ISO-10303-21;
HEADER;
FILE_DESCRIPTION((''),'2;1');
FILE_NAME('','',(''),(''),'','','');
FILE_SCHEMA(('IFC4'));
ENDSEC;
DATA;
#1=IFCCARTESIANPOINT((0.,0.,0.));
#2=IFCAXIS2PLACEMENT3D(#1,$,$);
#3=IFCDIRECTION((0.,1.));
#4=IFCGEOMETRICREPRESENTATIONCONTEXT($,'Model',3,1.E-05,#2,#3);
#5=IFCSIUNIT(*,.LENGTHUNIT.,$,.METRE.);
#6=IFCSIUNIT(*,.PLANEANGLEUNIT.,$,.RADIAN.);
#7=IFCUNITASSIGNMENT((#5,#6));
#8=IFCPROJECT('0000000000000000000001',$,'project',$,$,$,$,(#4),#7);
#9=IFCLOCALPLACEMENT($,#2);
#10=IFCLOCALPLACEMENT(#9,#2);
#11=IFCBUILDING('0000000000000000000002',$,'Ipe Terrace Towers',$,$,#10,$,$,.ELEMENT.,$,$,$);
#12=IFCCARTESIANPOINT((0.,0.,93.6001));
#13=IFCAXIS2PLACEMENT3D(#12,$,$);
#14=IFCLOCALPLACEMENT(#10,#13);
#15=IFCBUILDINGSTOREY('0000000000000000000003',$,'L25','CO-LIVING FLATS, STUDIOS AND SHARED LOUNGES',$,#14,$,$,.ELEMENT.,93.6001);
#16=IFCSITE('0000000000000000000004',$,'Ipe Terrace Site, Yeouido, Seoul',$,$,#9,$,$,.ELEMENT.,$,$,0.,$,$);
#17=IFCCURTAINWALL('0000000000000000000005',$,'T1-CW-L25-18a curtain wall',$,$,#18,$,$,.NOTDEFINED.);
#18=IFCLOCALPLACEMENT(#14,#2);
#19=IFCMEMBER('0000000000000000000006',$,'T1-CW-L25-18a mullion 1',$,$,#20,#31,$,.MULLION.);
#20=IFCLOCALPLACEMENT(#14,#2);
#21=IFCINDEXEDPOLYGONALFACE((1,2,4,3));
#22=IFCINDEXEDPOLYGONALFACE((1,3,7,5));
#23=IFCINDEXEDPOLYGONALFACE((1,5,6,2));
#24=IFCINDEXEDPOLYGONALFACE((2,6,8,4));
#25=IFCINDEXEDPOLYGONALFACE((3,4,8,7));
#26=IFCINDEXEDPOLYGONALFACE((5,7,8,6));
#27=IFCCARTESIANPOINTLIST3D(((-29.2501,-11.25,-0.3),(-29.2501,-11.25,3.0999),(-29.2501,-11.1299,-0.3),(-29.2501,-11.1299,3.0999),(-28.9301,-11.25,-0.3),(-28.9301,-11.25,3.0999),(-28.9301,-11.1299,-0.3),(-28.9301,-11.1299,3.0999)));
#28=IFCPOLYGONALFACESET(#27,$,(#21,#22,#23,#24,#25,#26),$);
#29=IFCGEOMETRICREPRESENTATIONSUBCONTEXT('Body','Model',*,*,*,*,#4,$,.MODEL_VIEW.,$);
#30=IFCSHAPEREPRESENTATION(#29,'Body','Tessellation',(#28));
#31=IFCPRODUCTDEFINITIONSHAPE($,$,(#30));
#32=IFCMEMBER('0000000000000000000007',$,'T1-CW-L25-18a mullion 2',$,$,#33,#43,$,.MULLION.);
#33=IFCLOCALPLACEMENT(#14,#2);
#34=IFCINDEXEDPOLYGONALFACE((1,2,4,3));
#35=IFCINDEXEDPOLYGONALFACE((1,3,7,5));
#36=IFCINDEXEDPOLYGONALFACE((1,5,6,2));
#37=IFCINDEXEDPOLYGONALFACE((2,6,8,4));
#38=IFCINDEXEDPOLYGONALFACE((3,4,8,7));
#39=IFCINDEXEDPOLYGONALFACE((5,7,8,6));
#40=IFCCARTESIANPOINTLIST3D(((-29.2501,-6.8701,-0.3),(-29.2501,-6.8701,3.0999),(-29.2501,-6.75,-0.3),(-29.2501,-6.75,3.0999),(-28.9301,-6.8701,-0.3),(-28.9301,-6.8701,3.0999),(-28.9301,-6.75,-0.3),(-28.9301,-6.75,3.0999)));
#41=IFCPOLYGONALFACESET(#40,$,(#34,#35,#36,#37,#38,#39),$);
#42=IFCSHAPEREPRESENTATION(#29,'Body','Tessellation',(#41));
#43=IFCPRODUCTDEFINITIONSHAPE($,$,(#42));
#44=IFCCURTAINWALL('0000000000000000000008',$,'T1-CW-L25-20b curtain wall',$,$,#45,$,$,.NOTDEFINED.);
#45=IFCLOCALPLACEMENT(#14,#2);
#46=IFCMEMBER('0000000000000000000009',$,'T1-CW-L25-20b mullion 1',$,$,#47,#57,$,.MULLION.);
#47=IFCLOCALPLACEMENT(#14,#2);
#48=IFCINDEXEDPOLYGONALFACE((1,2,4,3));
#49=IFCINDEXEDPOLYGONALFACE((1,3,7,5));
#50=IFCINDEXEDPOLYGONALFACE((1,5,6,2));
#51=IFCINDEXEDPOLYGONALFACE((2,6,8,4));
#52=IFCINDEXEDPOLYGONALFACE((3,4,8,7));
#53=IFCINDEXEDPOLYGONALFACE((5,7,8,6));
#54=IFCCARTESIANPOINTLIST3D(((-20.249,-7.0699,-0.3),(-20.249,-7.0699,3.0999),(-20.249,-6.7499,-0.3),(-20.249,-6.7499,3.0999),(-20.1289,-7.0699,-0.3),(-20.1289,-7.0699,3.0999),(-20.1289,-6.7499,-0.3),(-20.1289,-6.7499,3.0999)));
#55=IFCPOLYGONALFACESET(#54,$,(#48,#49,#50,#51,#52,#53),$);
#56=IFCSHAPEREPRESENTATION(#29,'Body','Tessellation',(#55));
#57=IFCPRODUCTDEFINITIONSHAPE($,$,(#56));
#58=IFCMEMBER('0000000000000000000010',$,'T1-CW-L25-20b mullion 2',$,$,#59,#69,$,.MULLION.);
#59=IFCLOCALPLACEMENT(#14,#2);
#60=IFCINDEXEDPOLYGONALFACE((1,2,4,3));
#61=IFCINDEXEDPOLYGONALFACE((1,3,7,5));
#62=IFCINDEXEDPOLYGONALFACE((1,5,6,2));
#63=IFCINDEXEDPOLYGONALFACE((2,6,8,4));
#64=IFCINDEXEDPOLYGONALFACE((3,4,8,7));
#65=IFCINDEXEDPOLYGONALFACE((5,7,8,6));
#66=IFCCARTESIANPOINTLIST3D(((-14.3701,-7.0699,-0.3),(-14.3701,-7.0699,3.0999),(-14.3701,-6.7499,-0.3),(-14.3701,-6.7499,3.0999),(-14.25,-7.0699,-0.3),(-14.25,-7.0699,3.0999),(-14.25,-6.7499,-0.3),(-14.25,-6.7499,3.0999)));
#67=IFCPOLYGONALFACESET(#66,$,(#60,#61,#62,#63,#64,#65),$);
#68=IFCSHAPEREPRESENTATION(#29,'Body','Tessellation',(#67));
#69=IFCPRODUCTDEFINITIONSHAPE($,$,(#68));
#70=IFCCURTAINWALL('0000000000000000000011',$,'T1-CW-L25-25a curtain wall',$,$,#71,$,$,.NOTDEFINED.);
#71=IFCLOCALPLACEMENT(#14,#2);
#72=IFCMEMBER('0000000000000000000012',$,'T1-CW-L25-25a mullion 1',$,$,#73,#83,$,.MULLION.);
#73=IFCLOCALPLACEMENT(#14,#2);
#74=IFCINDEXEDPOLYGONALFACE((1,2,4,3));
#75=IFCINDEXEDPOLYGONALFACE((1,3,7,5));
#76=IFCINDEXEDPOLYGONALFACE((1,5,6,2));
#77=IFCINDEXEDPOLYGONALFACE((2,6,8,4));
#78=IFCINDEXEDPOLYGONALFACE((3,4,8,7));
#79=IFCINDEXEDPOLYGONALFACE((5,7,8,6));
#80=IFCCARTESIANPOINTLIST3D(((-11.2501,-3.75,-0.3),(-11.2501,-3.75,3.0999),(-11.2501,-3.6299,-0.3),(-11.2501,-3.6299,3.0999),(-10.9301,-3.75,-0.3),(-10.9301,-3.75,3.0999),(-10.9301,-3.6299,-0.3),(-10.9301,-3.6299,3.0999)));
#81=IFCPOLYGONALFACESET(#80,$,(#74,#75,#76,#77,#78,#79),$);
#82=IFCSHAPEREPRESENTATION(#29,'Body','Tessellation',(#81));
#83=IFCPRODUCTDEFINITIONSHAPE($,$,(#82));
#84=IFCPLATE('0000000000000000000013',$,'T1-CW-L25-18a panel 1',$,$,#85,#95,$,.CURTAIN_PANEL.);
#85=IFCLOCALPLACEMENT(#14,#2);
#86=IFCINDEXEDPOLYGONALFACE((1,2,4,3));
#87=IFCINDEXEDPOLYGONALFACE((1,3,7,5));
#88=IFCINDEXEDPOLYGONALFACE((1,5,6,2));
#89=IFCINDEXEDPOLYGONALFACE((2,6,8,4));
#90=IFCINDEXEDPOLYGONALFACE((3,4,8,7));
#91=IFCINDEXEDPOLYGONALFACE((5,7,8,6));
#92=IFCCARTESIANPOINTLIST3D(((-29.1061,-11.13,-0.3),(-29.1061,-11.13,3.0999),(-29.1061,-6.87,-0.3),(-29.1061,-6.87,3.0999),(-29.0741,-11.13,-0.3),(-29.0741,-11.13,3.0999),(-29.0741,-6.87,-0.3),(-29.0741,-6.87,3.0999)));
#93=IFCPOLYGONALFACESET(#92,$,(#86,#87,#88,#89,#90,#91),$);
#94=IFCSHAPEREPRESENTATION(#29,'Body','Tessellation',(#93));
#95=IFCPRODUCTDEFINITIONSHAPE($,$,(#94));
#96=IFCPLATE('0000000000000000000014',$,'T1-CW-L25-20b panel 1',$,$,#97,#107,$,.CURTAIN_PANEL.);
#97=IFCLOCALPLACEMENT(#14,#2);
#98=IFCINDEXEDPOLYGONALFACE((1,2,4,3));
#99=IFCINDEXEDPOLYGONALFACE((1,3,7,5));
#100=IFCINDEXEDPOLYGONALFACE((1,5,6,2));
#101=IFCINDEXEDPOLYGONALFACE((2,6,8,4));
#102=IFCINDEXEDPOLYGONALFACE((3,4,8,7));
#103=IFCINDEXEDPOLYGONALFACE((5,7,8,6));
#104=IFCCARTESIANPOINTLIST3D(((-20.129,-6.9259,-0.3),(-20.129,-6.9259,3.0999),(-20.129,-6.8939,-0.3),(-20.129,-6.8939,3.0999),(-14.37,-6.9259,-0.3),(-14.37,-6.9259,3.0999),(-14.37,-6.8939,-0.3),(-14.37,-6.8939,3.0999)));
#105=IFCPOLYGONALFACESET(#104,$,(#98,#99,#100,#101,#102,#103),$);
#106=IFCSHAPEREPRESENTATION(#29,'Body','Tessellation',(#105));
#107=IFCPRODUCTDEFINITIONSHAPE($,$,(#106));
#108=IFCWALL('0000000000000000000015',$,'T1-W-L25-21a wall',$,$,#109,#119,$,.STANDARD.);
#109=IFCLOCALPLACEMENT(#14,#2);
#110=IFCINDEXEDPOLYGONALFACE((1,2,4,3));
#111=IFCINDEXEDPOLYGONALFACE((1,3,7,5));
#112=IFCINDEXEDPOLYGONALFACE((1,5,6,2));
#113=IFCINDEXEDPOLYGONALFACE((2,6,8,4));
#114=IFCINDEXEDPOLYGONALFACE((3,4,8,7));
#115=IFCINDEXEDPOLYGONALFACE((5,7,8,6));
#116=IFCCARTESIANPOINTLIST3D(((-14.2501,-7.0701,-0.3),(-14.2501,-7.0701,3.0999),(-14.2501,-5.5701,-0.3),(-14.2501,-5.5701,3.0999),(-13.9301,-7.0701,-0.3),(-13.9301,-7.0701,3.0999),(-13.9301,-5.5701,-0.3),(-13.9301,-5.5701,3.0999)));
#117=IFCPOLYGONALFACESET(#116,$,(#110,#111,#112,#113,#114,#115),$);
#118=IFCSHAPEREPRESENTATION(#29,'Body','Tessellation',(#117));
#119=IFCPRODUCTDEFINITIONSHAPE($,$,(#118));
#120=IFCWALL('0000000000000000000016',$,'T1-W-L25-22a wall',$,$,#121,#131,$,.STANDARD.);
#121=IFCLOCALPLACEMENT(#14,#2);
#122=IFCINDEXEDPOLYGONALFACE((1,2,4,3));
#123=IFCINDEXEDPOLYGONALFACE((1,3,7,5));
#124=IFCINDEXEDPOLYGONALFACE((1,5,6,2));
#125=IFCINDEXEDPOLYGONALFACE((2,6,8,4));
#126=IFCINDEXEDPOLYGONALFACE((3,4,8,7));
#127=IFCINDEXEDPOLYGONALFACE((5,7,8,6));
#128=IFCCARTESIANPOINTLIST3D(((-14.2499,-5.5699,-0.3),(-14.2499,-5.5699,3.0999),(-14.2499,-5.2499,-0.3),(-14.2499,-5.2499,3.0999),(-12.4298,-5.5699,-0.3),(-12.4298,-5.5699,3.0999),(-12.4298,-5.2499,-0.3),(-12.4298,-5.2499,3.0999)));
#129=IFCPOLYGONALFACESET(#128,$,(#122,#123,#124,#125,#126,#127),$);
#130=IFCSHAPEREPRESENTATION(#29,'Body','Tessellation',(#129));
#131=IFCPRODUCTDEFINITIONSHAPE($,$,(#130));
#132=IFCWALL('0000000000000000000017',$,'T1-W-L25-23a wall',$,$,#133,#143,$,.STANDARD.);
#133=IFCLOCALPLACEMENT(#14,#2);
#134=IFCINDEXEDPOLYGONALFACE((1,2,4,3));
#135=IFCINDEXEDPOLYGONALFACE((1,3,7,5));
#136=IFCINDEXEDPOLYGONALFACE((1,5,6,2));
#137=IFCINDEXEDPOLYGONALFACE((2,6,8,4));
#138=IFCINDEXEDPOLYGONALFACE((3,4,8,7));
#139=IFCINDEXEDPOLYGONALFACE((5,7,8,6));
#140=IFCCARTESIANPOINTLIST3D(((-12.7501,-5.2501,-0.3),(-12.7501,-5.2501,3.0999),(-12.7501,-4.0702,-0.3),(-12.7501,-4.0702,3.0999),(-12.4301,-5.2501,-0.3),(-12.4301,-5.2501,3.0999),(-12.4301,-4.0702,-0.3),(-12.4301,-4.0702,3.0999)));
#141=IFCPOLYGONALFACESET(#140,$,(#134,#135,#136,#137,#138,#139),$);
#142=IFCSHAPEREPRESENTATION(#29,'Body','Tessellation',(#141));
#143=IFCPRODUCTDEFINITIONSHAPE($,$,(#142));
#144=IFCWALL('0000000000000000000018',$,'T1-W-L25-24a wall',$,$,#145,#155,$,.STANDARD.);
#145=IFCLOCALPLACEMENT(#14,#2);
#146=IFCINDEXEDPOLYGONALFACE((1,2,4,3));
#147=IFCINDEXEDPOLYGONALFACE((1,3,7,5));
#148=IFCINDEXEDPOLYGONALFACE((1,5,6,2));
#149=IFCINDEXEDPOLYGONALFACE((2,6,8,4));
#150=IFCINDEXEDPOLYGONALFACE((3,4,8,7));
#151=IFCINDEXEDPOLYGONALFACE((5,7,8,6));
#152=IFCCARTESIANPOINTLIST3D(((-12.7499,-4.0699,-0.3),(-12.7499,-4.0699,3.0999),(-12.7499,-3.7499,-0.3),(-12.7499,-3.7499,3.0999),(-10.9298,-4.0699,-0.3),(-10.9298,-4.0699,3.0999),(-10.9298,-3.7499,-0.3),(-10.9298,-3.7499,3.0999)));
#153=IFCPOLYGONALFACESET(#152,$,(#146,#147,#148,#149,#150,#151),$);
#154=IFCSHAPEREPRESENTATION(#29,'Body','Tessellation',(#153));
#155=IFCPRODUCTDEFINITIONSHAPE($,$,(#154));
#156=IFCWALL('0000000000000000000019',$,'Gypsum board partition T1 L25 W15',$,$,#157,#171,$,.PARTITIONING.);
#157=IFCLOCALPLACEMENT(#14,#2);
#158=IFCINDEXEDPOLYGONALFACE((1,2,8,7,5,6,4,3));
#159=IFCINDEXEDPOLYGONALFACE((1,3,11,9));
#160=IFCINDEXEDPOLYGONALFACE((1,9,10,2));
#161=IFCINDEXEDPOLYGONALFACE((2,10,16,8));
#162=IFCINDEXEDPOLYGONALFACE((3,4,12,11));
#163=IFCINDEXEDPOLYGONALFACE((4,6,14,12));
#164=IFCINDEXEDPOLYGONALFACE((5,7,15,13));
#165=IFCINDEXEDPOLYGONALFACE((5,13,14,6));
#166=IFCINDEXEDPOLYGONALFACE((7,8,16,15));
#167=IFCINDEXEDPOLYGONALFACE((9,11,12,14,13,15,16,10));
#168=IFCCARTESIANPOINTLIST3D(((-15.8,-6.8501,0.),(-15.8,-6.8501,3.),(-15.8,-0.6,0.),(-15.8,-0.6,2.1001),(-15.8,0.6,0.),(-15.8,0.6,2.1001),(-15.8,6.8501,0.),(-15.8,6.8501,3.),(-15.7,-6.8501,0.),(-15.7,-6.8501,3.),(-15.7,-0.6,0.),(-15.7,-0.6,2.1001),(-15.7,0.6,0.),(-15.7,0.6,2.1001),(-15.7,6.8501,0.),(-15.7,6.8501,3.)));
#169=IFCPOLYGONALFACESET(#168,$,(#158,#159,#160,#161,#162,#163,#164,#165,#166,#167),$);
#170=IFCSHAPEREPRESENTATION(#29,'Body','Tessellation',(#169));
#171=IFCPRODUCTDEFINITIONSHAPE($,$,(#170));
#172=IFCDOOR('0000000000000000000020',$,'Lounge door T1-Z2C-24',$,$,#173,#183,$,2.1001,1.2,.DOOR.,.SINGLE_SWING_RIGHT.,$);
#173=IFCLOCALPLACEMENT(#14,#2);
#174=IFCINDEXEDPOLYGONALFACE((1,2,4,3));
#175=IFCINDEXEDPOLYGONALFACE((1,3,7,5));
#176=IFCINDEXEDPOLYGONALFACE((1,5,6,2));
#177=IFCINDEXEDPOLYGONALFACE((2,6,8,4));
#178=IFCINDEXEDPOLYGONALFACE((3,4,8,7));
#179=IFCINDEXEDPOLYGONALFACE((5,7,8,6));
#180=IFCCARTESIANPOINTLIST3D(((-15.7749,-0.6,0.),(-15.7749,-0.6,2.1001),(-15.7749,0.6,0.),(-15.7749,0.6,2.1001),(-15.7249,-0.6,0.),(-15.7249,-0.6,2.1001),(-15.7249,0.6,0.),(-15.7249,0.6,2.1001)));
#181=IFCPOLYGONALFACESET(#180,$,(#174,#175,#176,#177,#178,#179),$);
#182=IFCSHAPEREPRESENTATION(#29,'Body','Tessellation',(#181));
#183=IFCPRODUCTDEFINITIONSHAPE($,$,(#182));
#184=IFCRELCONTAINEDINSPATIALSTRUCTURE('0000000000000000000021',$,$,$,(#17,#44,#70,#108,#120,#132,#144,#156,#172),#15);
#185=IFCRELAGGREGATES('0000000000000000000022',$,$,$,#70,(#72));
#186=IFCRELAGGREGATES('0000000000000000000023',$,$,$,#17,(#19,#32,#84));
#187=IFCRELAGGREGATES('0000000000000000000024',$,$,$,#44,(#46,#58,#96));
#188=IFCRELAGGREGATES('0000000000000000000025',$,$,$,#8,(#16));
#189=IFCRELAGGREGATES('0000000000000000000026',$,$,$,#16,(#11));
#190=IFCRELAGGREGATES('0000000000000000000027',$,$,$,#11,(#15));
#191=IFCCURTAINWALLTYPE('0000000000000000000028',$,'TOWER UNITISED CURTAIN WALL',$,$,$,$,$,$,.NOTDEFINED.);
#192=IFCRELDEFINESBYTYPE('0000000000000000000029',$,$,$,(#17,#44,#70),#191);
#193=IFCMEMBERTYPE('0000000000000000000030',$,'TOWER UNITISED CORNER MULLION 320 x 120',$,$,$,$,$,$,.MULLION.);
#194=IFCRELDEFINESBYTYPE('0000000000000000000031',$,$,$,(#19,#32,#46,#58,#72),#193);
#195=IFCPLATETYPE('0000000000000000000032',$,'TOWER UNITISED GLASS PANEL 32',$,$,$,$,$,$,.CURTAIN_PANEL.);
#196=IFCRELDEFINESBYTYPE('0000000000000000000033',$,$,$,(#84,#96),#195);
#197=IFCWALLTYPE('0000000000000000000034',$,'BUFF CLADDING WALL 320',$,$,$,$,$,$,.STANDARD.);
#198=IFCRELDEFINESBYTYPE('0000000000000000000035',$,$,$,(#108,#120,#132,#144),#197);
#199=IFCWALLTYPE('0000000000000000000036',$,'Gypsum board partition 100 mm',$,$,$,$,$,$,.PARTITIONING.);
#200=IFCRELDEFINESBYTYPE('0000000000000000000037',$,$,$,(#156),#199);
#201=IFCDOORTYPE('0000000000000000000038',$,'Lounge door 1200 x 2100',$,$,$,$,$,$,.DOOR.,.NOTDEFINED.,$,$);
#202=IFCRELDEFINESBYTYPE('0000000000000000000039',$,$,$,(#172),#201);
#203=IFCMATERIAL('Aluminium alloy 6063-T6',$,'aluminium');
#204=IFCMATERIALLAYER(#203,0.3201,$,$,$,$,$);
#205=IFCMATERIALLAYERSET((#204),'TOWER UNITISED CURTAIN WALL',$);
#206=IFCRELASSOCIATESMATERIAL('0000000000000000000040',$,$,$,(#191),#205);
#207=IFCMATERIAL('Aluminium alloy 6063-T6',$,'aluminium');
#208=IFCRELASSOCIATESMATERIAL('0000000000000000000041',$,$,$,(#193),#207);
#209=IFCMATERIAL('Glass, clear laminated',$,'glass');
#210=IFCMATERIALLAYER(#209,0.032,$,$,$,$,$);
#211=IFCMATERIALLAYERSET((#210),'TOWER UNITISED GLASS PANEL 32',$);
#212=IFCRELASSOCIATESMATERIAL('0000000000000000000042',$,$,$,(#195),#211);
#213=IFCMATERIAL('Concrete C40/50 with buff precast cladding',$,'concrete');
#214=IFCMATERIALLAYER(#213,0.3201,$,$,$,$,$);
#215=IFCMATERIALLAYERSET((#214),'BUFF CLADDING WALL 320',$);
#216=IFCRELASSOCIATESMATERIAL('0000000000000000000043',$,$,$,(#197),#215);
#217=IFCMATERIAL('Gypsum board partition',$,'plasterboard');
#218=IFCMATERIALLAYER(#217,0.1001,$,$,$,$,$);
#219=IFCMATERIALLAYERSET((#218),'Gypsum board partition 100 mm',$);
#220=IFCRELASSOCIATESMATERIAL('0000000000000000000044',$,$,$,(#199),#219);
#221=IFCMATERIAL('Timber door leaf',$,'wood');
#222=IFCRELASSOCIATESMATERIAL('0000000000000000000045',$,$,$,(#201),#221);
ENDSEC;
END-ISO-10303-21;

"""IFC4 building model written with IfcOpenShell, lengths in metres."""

from ifc_helpers import new_model, si_unit, direction, frame, frame_2d, origin, origin_2d, place, context, subcontext, project, spatial, rectangle, extrude, material, layer, layer_set, material_profile, profile_set, type_object, element, fill, aggregate, save


model = new_model("IFC4")

# Units and contexts
model_context = context("Model", 3, precision=1e-05, world=origin(), true_north=direction((0.0, 1.0)))
body_context = subcontext(model_context, "Body", "Model", "MODEL_VIEW")
ifc_project = project(units=[si_unit("LENGTHUNIT", "METRE"), si_unit("PLANEANGLEUNIT", "RADIAN")], contexts=[model_context])

# Site, building, storey
site_placement = place(None, origin())
site = spatial("IfcSite", under=ifc_project, at=site_placement, Name="Ipe Terrace Site, Yeouido, Seoul", CompositionType="ELEMENT", RefElevation=0.0)
building_placement = place(site_placement, origin())
building = spatial("IfcBuilding", under=site, at=building_placement, Name="Ipe Terrace Towers", CompositionType="ELEMENT")
storey_placement = place(building_placement, frame((0.0, 0.0, 93.6001)))
storey = spatial("IfcBuildingStorey", under=building, at=storey_placement, Name="L25", Description="CO-LIVING FLATS, STUDIOS AND SHARED LOUNGES", CompositionType="ELEMENT", Elevation=93.6001)

# Shared definitions
ifc_material_1 = material(Name="Aluminium alloy 6063-T6", Category="aluminium")
ifc_layer_1 = layer(ifc_material_1, 0.3201)
ifc_layer_set_1 = layer_set([ifc_layer_1], Name="TOWER UNITISED CURTAIN WALL")
curtain_wall_type = type_object("IfcCurtainWallType", Name="TOWER UNITISED CURTAIN WALL", PredefinedType="NOTDEFINED", material=ifc_layer_set_1)
ifc_material_2 = material(Name="Aluminium alloy 6063-T6", Category="aluminium")
ifc_material_profile_1 = material_profile(ifc_material_2, rectangle(XDim=0.3201, YDim=0.1201, at=origin_2d()), Name="TOWER UNITISED CORNER MULLION 320 x 120")
ifc_profile_set_1 = profile_set([ifc_material_profile_1], Name="Aluminium alloy 6063-T6")
member_type = type_object("IfcMemberType", Name="TOWER UNITISED CORNER MULLION 320 x 120", PredefinedType="MULLION", material=ifc_profile_set_1)

# Curtain walls, members
curtain_wall_1_placement = place(storey_placement, origin())
curtain_wall_1 = element("IfcCurtainWall", 1, at=curtain_wall_1_placement, inside=storey, type_object=curtain_wall_type, Name="T1-CW-L25-18a curtain wall", PredefinedType="NOTDEFINED")
member_1_placement = place(storey_placement, frame((-29.0901, -11.1899, -0.3), z_axis=(0.0, 0.0, 1.0), x_axis=(1.0, 0.0, 0.0)))
member_1 = element("IfcMember", 2, at=member_1_placement, type_object=member_type, Name="T1-CW-L25-18a mullion 1", PredefinedType="MULLION", context=body_context, shape_type="SweptSolid", body=[
    extrude(rectangle(XDim=0.3201, YDim=0.1201, at=origin_2d()), origin(), (0.0, 0.0, 1.0), 3.3999),
])
member_2_placement = place(storey_placement, frame((-29.0901, -6.8101, -0.3), z_axis=(0.0, 0.0, 1.0), x_axis=(1.0, 0.0, 0.0)))
member_2 = element("IfcMember", 3, at=member_2_placement, type_object=member_type, Name="T1-CW-L25-18a mullion 2", PredefinedType="MULLION", context=body_context, shape_type="SweptSolid", body=[
    extrude(rectangle(XDim=0.3201, YDim=0.1201, at=origin_2d()), origin(), (0.0, 0.0, 1.0), 3.3999),
])
curtain_wall_2_placement = place(storey_placement, origin())
curtain_wall_2 = element("IfcCurtainWall", 4, at=curtain_wall_2_placement, inside=storey, type_object=curtain_wall_type, Name="T1-CW-L25-20b curtain wall", PredefinedType="NOTDEFINED")
member_3_placement = place(storey_placement, frame((-20.189, -6.9099, -0.3), z_axis=(0.0, 0.0, 1.0), x_axis=(0.0, -1.0, 0.0)))
member_3 = element("IfcMember", 5, at=member_3_placement, type_object=member_type, Name="T1-CW-L25-20b mullion 1", PredefinedType="MULLION", context=body_context, shape_type="SweptSolid", body=[
    extrude(rectangle(XDim=0.3201, YDim=0.1201, at=origin_2d()), origin(), (0.0, 0.0, 1.0), 3.3999),
])
member_4_placement = place(storey_placement, frame((-14.3101, -6.9099, -0.3), z_axis=(0.0, 0.0, 1.0), x_axis=(0.0, -1.0, 0.0)))
member_4 = element("IfcMember", 6, at=member_4_placement, type_object=member_type, Name="T1-CW-L25-20b mullion 2", PredefinedType="MULLION", context=body_context, shape_type="SweptSolid", body=[
    extrude(rectangle(XDim=0.3201, YDim=0.1201, at=origin_2d()), origin(), (0.0, 0.0, 1.0), 3.3999),
])

# Curtain wall, member
curtain_wall_3_placement = place(storey_placement, origin())
curtain_wall_3 = element("IfcCurtainWall", 7, at=curtain_wall_3_placement, inside=storey, type_object=curtain_wall_type, Name="T1-CW-L25-25a curtain wall", PredefinedType="NOTDEFINED")
member_5_placement = place(storey_placement, frame((-11.0901, -3.6899, -0.3), z_axis=(0.0, 0.0, 1.0), x_axis=(1.0, 0.0, 0.0)))
member_5 = element("IfcMember", 8, at=member_5_placement, type_object=member_type, Name="T1-CW-L25-25a mullion 1", PredefinedType="MULLION", context=body_context, shape_type="SweptSolid", body=[
    extrude(rectangle(XDim=0.3201, YDim=0.1201, at=origin_2d()), origin(), (0.0, 0.0, 1.0), 3.3999),
])
aggregate(curtain_wall_3, [member_5])

# Plates
ifc_material_3 = material(Name="Glass, clear laminated", Category="glass")
ifc_layer_2 = layer(ifc_material_3, 0.032)
ifc_layer_set_2 = layer_set([ifc_layer_2], Name="TOWER UNITISED GLASS PANEL 32")
plate_type = type_object("IfcPlateType", Name="TOWER UNITISED GLASS PANEL 32", PredefinedType="CURTAIN_PANEL", material=ifc_layer_set_2)
plate_1_placement = place(storey_placement, frame((-29.0901, -9.0, -0.3), z_axis=(0.0, 0.0, 1.0), x_axis=(0.0, 1.0, 0.0)))
plate_1 = element("IfcPlate", 9, at=plate_1_placement, type_object=plate_type, Name="T1-CW-L25-18a panel 1", PredefinedType="CURTAIN_PANEL", context=body_context, shape_type="SweptSolid", body=[
    extrude(rectangle(XDim=4.26, YDim=0.032, at=origin_2d()), origin(), (0.0, 0.0, 1.0), 3.3999),
])
aggregate(curtain_wall_1, [member_1, member_2, plate_1])
plate_2_placement = place(storey_placement, frame((-17.2495, -6.9099, -0.3), z_axis=(0.0, 0.0, 1.0), x_axis=(1.0, 0.0, 0.0)))
plate_2 = element("IfcPlate", 10, at=plate_2_placement, type_object=plate_type, Name="T1-CW-L25-20b panel 1", PredefinedType="CURTAIN_PANEL", context=body_context, shape_type="SweptSolid", body=[
    extrude(rectangle(XDim=5.759, YDim=0.032, at=origin_2d()), origin(), (0.0, 0.0, 1.0), 3.3999),
])
aggregate(curtain_wall_2, [member_3, member_4, plate_2])

# Walls
ifc_material_4 = material(Name="Concrete C40/50 with buff precast cladding", Category="concrete")
ifc_layer_3 = layer(ifc_material_4, 0.3201)
ifc_layer_set_3 = layer_set([ifc_layer_3], Name="BUFF CLADDING WALL 320")
wall_type_1 = type_object("IfcWallType", Name="BUFF CLADDING WALL 320", PredefinedType="STANDARD", material=ifc_layer_set_3)
wall_1_placement = place(storey_placement, frame((-14.0901, -7.0701, -0.3), z_axis=(0.0, 0.0, 1.0), x_axis=(0.0, 1.0, 0.0)))
element("IfcWall", 11, at=wall_1_placement, inside=storey, type_object=wall_type_1, Name="T1-W-L25-21a wall", PredefinedType="STANDARD", context=body_context, shape_type="SweptSolid", body=[
    extrude(rectangle(XDim=1.5, YDim=0.3201, at=frame_2d((0.75, 0.0))), origin(), (0.0, 0.0, 1.0), 3.3999),
])
wall_2_placement = place(storey_placement, frame((-14.25, -5.4099, -0.3), z_axis=(0.0, 0.0, 1.0), x_axis=(1.0, 0.0, 0.0)))
element("IfcWall", 12, at=wall_2_placement, inside=storey, type_object=wall_type_1, Name="T1-W-L25-22a wall", PredefinedType="STANDARD", context=body_context, shape_type="SweptSolid", body=[
    extrude(rectangle(XDim=1.8201, YDim=0.3201, at=frame_2d((0.9102, 0.0))), origin(), (0.0, 0.0, 1.0), 3.3999),
])
wall_3_placement = place(storey_placement, frame((-12.5901, -5.25, -0.3), z_axis=(0.0, 0.0, 1.0), x_axis=(0.0, 1.0, 0.0)))
element("IfcWall", 13, at=wall_3_placement, inside=storey, type_object=wall_type_1, Name="T1-W-L25-23a wall", PredefinedType="STANDARD", context=body_context, shape_type="SweptSolid", body=[
    extrude(rectangle(XDim=1.1799, YDim=0.3201, at=frame_2d((0.5898, 0.0))), origin(), (0.0, 0.0, 1.0), 3.3999),
])
wall_4_placement = place(storey_placement, frame((-12.75, -3.9099, -0.3), z_axis=(0.0, 0.0, 1.0), x_axis=(1.0, 0.0, 0.0)))
element("IfcWall", 14, at=wall_4_placement, inside=storey, type_object=wall_type_1, Name="T1-W-L25-24a wall", PredefinedType="STANDARD", context=body_context, shape_type="SweptSolid", body=[
    extrude(rectangle(XDim=1.8201, YDim=0.3201, at=frame_2d((0.9102, 0.0))), origin(), (0.0, 0.0, 1.0), 3.3999),
])

# Wall, opening, door
ifc_material_5 = material(Name="Gypsum board partition", Category="plasterboard")
ifc_layer_4 = layer(ifc_material_5, 0.1001)
ifc_layer_set_4 = layer_set([ifc_layer_4], Name="Gypsum board partition 100 mm")
wall_type_2 = type_object("IfcWallType", Name="Gypsum board partition 100 mm", PredefinedType="PARTITIONING", material=ifc_layer_set_4)
wall_5_placement = place(storey_placement, frame((-15.75, -6.8501, 0.0), z_axis=(0.0, 0.0, 1.0), x_axis=(0.0, 1.0, 0.0)))
wall_5 = element("IfcWall", 15, at=wall_5_placement, inside=storey, type_object=wall_type_2, Name="Gypsum board partition T1 L25 W15", PredefinedType="PARTITIONING", context=body_context, shape_type="SweptSolid", body=[
    extrude(rectangle(XDim=13.7002, YDim=0.1001, at=frame_2d((6.8501, 0.0))), origin(), (0.0, 0.0, 1.0), 3.0),
])
opening_1_placement = place(wall_5_placement, frame((6.25, 0.0, 0.0)))
opening_1 = element("IfcOpeningElement", 16, at=opening_1_placement, cuts=wall_5, PredefinedType="OPENING", context=body_context, shape_type="SweptSolid", body=[
    extrude(rectangle(XDim=1.2, YDim=2.1001, at=frame_2d((0.6001, 1.05))), frame((0.0, 0.0601, 0.0), z_axis=(0.0, -1.0, 0.0), x_axis=(1.0, 0.0, 0.0)), (0.0, 0.0, 1.0), 0.1201),
])
ifc_material_6 = material(Name="Timber door leaf", Category="wood")
door_type_1 = type_object("IfcDoorType", Name="Lounge door 1200 x 2100", OperationType="NOTDEFINED", PredefinedType="DOOR", material=ifc_material_6)
door_1_placement = place(opening_1_placement, origin())
door_1 = element("IfcDoor", 17, at=door_1_placement, inside=storey, type_object=door_type_1, Name="Lounge door T1-Z2C-24", OperationType="SINGLE_SWING_RIGHT", OverallHeight=2.1001, OverallWidth=1.2, PredefinedType="DOOR", context=body_context, shape_type="SweptSolid", body=[
    extrude(rectangle(XDim=1.2, YDim=2.1001, at=frame_2d((0.6001, 1.05))), frame((0.0, 0.0249, 0.0), z_axis=(0.0, -1.0, 0.0), x_axis=(1.0, 0.0, 0.0)), (0.0, 0.0, 1.0), 0.05),
])
fill(opening_1, door_1)

save(model, "model.ifc")
